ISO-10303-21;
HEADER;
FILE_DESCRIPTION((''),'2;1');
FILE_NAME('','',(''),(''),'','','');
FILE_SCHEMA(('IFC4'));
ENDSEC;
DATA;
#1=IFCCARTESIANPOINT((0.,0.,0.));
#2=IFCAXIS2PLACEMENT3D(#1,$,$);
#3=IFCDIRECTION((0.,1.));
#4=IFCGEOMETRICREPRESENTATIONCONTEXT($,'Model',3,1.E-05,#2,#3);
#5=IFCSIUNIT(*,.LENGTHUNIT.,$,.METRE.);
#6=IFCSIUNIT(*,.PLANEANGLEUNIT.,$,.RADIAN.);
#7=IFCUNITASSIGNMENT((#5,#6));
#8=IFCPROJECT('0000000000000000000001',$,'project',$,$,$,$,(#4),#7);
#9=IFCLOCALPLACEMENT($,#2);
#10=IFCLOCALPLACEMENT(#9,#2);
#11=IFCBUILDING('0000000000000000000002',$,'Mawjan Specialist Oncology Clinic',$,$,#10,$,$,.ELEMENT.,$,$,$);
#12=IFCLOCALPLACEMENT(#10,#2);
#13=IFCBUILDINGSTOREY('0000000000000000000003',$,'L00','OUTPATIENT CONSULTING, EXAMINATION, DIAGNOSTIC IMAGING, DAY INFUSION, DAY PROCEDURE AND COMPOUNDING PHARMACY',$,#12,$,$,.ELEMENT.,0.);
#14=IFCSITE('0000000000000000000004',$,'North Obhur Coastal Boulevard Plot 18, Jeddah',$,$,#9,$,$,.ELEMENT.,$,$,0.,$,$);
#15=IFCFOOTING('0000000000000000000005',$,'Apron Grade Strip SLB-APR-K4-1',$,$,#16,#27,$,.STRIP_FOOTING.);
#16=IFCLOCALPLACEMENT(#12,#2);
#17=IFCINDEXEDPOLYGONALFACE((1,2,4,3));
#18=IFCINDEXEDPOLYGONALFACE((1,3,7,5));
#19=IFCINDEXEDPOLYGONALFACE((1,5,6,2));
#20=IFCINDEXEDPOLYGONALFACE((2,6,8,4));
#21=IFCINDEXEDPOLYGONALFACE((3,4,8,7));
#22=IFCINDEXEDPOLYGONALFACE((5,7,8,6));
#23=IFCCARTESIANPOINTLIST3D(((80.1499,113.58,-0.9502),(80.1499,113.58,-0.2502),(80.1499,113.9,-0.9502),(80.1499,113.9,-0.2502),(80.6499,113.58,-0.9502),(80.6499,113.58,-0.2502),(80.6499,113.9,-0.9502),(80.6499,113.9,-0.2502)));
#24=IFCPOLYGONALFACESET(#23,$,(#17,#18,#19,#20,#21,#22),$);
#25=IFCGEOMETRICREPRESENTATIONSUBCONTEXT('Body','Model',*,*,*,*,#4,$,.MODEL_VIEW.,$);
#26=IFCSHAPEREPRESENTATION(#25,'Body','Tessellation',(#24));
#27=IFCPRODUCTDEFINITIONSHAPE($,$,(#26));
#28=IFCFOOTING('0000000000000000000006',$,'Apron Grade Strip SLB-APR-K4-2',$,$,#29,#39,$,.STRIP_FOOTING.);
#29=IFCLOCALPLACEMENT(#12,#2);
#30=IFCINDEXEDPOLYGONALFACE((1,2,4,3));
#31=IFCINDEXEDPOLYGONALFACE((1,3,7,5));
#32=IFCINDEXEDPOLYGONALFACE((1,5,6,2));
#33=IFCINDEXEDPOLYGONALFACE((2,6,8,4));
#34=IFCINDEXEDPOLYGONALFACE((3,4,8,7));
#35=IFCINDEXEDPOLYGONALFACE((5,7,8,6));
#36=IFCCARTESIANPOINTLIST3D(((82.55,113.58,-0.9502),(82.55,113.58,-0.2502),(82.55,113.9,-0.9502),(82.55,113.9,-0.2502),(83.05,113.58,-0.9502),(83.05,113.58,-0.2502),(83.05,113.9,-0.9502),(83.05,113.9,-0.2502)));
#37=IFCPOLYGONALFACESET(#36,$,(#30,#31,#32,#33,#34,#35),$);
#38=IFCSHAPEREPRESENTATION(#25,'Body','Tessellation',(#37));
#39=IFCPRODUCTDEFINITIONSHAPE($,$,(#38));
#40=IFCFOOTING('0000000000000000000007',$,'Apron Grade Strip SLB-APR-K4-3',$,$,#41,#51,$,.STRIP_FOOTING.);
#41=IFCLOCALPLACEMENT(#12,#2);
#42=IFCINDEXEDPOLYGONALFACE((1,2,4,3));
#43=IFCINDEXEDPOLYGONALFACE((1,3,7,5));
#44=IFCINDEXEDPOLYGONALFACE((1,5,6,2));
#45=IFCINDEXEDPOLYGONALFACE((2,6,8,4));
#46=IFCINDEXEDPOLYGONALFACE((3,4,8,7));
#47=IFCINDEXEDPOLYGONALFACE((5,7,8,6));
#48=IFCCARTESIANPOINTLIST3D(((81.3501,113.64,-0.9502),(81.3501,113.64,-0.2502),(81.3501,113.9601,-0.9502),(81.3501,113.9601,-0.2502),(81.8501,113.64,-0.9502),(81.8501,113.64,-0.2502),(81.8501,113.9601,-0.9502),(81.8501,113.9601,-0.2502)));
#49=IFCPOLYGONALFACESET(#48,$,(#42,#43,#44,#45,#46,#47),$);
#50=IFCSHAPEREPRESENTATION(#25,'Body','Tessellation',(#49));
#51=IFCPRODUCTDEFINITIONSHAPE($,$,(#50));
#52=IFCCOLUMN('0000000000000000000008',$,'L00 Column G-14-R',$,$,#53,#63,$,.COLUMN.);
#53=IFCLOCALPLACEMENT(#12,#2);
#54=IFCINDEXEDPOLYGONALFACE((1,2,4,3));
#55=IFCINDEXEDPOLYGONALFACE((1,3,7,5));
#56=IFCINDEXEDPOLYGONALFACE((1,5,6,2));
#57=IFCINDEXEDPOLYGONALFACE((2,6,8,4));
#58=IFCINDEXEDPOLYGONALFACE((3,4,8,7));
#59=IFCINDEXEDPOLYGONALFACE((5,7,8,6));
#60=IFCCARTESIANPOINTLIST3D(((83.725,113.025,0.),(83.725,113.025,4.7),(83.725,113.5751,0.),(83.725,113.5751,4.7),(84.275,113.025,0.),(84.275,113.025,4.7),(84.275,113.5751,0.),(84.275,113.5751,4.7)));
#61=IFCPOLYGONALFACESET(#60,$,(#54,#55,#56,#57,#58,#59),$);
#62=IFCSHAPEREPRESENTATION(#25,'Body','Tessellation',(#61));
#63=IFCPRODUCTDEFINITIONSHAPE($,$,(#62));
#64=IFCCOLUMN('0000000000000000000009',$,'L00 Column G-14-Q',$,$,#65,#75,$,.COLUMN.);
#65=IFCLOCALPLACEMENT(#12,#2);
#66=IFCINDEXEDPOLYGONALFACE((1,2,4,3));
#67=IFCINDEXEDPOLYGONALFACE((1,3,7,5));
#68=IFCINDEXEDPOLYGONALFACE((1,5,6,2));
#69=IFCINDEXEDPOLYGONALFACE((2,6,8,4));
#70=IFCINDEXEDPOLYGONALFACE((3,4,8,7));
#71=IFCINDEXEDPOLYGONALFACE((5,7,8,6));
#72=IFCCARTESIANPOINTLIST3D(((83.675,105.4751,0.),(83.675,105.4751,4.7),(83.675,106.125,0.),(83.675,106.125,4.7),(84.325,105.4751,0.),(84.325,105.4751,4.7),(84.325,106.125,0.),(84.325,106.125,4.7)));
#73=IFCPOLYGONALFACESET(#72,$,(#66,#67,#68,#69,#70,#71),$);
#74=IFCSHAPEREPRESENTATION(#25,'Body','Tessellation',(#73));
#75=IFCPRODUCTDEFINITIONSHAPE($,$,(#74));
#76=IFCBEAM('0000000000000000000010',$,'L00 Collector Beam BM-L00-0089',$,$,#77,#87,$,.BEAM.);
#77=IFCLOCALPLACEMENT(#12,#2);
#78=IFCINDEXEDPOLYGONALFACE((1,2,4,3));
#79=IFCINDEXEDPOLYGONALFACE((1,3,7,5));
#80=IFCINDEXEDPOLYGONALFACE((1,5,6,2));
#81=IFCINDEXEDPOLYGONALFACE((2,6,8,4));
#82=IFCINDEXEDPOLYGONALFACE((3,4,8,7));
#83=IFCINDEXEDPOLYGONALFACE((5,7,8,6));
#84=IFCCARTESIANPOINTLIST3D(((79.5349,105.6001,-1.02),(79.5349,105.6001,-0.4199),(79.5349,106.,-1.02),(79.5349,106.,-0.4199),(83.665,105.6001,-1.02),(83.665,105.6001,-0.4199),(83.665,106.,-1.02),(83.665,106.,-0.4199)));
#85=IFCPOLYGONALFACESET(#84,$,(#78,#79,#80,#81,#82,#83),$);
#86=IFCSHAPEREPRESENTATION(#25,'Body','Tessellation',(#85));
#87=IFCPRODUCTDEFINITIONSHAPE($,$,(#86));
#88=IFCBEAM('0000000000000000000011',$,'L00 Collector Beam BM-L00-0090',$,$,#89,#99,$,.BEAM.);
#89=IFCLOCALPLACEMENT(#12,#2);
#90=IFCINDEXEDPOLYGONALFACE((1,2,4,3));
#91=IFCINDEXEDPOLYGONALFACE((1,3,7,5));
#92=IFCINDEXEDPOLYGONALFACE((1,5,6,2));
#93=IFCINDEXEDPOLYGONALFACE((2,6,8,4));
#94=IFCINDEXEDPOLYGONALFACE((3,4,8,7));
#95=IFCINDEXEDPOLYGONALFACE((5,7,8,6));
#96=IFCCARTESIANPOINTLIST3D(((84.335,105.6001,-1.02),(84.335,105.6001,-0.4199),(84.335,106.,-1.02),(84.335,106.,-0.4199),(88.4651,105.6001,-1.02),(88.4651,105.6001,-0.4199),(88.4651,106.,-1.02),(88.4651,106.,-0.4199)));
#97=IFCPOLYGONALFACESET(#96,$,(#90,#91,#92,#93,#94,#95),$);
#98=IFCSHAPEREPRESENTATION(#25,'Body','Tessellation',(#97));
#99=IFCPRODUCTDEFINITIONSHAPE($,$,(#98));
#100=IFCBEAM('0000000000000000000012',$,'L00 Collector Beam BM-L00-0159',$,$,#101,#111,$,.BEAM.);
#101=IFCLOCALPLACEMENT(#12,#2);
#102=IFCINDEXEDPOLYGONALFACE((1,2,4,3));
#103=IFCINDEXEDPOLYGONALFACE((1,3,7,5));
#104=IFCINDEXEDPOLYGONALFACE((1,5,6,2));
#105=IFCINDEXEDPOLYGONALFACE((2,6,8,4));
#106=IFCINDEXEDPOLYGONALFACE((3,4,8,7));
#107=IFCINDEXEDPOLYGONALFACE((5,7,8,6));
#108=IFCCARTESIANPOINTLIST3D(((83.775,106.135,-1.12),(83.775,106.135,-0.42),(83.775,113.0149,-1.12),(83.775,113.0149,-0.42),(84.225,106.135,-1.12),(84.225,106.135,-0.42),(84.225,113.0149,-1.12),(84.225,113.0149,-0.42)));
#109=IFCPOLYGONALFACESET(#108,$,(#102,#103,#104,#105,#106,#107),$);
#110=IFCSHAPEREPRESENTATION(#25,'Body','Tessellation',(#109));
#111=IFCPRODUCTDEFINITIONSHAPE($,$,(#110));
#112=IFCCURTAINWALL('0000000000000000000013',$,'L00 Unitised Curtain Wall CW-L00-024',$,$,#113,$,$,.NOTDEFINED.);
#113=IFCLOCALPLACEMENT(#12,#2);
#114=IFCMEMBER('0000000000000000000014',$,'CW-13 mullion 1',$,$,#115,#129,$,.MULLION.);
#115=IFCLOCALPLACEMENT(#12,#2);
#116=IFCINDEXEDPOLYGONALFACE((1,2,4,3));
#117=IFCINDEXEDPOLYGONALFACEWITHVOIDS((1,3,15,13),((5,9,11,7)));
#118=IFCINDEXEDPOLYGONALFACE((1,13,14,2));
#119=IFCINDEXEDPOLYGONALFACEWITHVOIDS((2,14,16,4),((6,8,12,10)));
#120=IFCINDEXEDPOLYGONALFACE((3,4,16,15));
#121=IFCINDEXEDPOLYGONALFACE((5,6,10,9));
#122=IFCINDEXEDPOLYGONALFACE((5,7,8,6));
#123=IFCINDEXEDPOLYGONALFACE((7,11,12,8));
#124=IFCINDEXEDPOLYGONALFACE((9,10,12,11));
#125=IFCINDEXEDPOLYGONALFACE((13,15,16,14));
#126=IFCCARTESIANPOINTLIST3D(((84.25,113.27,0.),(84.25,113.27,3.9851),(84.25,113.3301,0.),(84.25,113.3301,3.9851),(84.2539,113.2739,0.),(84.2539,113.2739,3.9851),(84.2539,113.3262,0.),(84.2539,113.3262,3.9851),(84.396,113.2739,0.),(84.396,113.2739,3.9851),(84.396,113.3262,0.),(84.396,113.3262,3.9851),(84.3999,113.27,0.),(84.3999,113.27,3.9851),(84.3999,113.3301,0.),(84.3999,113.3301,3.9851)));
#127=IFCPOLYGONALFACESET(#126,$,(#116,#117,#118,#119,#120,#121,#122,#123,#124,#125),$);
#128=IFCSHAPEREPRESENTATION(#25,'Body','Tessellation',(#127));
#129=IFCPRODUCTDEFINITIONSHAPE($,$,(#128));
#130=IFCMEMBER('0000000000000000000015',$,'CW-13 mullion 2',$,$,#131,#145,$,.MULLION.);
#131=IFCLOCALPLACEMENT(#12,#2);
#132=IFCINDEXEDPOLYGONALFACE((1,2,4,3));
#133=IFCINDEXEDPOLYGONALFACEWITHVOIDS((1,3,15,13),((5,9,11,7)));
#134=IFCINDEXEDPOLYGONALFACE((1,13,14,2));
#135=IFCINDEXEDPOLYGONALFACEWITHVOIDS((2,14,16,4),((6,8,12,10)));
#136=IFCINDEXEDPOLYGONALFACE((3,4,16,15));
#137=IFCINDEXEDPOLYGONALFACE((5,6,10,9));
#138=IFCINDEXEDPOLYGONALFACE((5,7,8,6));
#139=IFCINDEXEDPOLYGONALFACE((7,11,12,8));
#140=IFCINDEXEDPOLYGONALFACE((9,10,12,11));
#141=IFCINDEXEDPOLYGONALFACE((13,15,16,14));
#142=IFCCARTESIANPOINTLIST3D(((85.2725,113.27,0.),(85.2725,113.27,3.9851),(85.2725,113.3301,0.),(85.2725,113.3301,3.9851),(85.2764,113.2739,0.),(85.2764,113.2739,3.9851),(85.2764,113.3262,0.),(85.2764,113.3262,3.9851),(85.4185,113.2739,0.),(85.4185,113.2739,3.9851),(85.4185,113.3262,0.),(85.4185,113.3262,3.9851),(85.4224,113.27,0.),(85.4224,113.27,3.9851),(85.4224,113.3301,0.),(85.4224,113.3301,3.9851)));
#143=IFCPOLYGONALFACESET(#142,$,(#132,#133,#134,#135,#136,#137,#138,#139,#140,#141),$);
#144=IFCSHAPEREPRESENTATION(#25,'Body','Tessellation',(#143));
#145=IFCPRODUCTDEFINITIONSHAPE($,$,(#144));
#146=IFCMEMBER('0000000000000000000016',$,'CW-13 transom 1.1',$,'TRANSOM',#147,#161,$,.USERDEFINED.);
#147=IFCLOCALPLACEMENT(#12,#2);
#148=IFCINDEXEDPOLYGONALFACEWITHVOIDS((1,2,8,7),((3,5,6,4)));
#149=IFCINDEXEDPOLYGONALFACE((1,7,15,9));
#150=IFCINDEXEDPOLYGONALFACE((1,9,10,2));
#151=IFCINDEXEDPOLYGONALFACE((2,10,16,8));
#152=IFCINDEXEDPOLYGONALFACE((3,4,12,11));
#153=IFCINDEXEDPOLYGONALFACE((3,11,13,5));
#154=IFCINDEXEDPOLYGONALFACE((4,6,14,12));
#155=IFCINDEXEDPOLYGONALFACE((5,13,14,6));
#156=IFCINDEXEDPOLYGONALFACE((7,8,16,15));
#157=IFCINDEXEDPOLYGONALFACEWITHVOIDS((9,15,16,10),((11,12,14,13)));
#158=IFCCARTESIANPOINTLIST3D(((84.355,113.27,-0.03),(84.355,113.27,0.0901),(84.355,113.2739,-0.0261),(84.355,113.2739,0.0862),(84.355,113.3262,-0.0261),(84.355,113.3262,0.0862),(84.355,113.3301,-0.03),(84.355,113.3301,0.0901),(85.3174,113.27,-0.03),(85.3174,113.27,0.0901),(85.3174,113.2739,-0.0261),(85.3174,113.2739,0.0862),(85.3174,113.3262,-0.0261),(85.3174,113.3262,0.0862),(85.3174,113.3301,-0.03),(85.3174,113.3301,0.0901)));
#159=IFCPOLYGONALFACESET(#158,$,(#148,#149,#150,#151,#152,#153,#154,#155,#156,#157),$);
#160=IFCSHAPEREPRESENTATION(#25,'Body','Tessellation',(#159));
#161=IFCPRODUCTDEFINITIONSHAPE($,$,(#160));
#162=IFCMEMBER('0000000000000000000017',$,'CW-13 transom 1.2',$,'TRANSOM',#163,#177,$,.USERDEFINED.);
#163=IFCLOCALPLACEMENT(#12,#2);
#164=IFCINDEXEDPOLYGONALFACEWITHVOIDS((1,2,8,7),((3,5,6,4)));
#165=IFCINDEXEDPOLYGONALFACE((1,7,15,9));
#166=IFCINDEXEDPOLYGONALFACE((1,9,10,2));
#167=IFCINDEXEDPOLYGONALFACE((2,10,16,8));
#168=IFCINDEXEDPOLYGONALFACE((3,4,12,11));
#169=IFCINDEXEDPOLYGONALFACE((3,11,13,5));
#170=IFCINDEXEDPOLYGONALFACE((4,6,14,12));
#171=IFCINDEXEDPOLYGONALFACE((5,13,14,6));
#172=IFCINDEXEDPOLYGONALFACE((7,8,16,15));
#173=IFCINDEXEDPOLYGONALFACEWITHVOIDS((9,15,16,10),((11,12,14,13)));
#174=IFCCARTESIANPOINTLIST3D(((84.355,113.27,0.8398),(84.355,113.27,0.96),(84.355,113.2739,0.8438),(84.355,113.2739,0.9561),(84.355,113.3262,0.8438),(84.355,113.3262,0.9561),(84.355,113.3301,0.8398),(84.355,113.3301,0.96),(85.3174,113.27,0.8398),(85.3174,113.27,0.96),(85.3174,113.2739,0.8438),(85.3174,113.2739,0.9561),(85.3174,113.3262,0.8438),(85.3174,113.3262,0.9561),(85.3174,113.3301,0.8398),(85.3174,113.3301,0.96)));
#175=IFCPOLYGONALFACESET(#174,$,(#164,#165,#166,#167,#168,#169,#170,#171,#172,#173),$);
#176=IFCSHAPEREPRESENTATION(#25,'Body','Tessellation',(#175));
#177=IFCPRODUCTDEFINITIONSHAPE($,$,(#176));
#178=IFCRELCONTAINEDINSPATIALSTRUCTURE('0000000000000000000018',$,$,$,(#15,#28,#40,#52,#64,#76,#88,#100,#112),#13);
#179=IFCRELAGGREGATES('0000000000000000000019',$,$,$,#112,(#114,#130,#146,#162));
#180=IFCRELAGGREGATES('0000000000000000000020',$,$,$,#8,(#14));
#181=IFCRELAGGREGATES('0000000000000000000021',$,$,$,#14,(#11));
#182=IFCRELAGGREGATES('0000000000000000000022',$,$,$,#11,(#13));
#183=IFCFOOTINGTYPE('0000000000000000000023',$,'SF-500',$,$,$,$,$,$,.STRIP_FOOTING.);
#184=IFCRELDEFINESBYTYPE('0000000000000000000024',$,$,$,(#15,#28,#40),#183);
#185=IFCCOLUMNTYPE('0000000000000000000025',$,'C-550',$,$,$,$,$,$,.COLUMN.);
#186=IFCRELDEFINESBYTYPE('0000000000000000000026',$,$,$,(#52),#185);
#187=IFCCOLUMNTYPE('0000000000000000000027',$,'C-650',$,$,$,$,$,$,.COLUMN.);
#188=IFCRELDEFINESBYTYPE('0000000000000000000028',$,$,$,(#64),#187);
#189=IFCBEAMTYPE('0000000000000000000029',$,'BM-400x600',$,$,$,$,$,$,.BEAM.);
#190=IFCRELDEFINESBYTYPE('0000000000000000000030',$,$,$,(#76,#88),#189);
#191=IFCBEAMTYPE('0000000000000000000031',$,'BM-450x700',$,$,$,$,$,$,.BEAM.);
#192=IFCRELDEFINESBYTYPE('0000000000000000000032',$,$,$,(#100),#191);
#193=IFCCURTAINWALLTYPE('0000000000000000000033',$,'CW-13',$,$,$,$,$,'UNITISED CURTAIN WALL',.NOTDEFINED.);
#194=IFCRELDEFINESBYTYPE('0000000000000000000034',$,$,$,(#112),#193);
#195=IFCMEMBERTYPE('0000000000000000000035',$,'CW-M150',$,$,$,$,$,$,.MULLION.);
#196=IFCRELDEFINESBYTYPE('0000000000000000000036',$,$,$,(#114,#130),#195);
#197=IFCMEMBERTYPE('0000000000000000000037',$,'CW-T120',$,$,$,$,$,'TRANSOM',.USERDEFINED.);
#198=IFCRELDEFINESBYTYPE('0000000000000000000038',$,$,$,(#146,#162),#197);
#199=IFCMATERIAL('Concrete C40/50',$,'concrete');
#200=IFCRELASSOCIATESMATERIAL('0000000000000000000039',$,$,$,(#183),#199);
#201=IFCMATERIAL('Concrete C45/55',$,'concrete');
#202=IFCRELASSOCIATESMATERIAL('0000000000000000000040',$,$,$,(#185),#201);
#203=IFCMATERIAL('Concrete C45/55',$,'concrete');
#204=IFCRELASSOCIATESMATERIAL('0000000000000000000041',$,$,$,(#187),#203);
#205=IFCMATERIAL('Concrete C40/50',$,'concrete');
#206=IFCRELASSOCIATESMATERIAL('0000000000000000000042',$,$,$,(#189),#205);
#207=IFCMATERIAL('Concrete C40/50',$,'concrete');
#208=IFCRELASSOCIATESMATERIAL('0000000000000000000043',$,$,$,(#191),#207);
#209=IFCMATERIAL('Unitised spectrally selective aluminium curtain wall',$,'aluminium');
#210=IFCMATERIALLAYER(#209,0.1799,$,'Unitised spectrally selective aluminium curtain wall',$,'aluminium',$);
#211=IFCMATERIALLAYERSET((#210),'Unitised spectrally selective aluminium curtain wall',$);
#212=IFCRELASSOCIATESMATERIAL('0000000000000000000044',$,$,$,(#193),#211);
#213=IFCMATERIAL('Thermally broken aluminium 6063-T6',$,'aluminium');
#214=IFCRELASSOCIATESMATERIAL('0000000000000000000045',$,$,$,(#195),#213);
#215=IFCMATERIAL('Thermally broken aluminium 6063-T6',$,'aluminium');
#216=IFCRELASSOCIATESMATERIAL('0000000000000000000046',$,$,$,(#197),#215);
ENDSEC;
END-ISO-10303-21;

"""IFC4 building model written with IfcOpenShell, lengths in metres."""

from ifc_helpers import new_model, si_unit, direction, frame, origin, origin_2d, place, context, subcontext, project, spatial, rectangle, hollow_rectangle, extrude, material, layer, layer_set, material_profile, profile_set, type_object, element, aggregate, save


model = new_model("IFC4")

# Units and contexts
model_context = context("Model", 3, precision=1e-05, world=origin(), true_north=direction((0.0, 1.0)))
body_context = subcontext(model_context, "Body", "Model", "MODEL_VIEW")
ifc_project = project(units=[si_unit("LENGTHUNIT", "METRE"), si_unit("PLANEANGLEUNIT", "RADIAN")], contexts=[model_context])

# Site, building, storey
site_placement = place(None, origin())
site = spatial("IfcSite", under=ifc_project, at=site_placement, Name="North Obhur Coastal Boulevard Plot 18, Jeddah", CompositionType="ELEMENT", RefElevation=0.0)
building_placement = place(site_placement, origin())
building = spatial("IfcBuilding", under=site, at=building_placement, Name="Mawjan Specialist Oncology Clinic", CompositionType="ELEMENT")
storey_placement = place(building_placement, origin())
storey = spatial("IfcBuildingStorey", under=building, at=storey_placement, Name="L00", Description="OUTPATIENT CONSULTING, EXAMINATION, DIAGNOSTIC IMAGING, DAY INFUSION, DAY PROCEDURE AND COMPOUNDING PHARMACY", CompositionType="ELEMENT", Elevation=0.0)

# Footings
ifc_material_1 = material(Name="Concrete C40/50", Category="concrete")
footing_type = type_object("IfcFootingType", Name="SF-500", PredefinedType="STRIP_FOOTING", material=ifc_material_1)
for number, where, z_axis, x_axis, name in (
    (1, (80.3999, 113.74, -0.9502), (0.0, 0.0, 1.0), (1.0, 0.0, 0.0), "Apron Grade Strip SLB-APR-K4-1"),
    (2, (82.8, 113.74, -0.9502), (0.0, 0.0, 1.0), (1.0, 0.0, 0.0), "Apron Grade Strip SLB-APR-K4-2"),
    (3, (81.6001, 113.8, -0.9502), (0.0, 0.0, 1.0), (1.0, 0.0, 0.0), "Apron Grade Strip SLB-APR-K4-3"),
):
    element("IfcFooting", number, at=place(storey_placement, frame(where, z_axis=z_axis, x_axis=x_axis)), inside=storey, type_object=footing_type, Name=name, PredefinedType="STRIP_FOOTING", context=body_context, shape_type="SweptSolid", body=[
        extrude(rectangle(XDim=0.5, YDim=0.3201, at=origin_2d()), origin(), (0.0, 0.0, 1.0), 0.7),
    ])

# Columns
ifc_material_2 = material(Name="Concrete C45/55", Category="concrete")
ifc_material_profile_1 = material_profile(ifc_material_2, rectangle(XDim=0.55, YDim=0.55, at=origin_2d()), Name="RC COL 550x550", Category="concrete")
ifc_profile_set_1 = profile_set([ifc_material_profile_1], Name="Concrete C45/55")
column_type_1 = type_object("IfcColumnType", Name="C-550", PredefinedType="COLUMN", material=ifc_profile_set_1)
column_1_placement = place(storey_placement, frame((84.0, 113.3, 0.0), z_axis=(0.0, 0.0, 1.0), x_axis=(1.0, 0.0, 0.0)))
element("IfcColumn", 4, at=column_1_placement, inside=storey, type_object=column_type_1, Name="L00 Column G-14-R", PredefinedType="COLUMN", context=body_context, shape_type="SweptSolid", body=[
    extrude(rectangle(XDim=0.55, YDim=0.55, at=origin_2d()), origin(), (0.0, 0.0, 1.0), 4.7),
])
ifc_material_3 = material(Name="Concrete C45/55", Category="concrete")
ifc_material_profile_2 = material_profile(ifc_material_3, rectangle(XDim=0.6499, YDim=0.6499, at=origin_2d()), Name="RC COL 650x650", Category="concrete")
ifc_profile_set_2 = profile_set([ifc_material_profile_2], Name="Concrete C45/55")
column_type_2 = type_object("IfcColumnType", Name="C-650", PredefinedType="COLUMN", material=ifc_profile_set_2)
column_2_placement = place(storey_placement, frame((84.0, 105.8, 0.0), z_axis=(0.0, 0.0, 1.0), x_axis=(1.0, 0.0, 0.0)))
element("IfcColumn", 5, at=column_2_placement, inside=storey, type_object=column_type_2, Name="L00 Column G-14-Q", PredefinedType="COLUMN", context=body_context, shape_type="SweptSolid", body=[
    extrude(rectangle(XDim=0.6499, YDim=0.6499, at=origin_2d()), origin(), (0.0, 0.0, 1.0), 4.7),
])

# Beams
ifc_material_4 = material(Name="Concrete C40/50", Category="concrete")
ifc_material_profile_3 = material_profile(ifc_material_4, rectangle(XDim=0.3999, YDim=0.6001, at=origin_2d()), Name="RC BM 400x600", Category="concrete")
ifc_profile_set_3 = profile_set([ifc_material_profile_3], Name="Concrete C40/50")
beam_type_1 = type_object("IfcBeamType", Name="BM-400x600", PredefinedType="BEAM", material=ifc_profile_set_3)
for number, where, z_axis, x_axis, name in (
    (6, (79.5349, 105.8, -0.72), (1.0, 0.0, 0.0), (0.0, 1.0, 0.0), "L00 Collector Beam BM-L00-0089"),
    (7, (84.335, 105.8, -0.72), (1.0, 0.0, 0.0), (0.0, 1.0, 0.0), "L00 Collector Beam BM-L00-0090"),
):
    element("IfcBeam", number, at=place(storey_placement, frame(where, z_axis=z_axis, x_axis=x_axis)), inside=storey, type_object=beam_type_1, Name=name, PredefinedType="BEAM", context=body_context, shape_type="SweptSolid", body=[
        extrude(rectangle(XDim=0.3999, YDim=0.6001, at=origin_2d()), origin(), (0.0, 0.0, 1.0), 4.1301),
    ])
ifc_material_5 = material(Name="Concrete C40/50", Category="concrete")
ifc_material_profile_4 = material_profile(ifc_material_5, rectangle(XDim=0.45, YDim=0.7, at=origin_2d()), Name="RC BM 450x700", Category="concrete")
ifc_profile_set_4 = profile_set([ifc_material_profile_4], Name="Concrete C40/50")
beam_type_2 = type_object("IfcBeamType", Name="BM-450x700", PredefinedType="BEAM", material=ifc_profile_set_4)
beam_placement = place(storey_placement, frame((84.0, 106.135, -0.77), z_axis=(0.0, 1.0, 0.0), x_axis=(-1.0, 0.0, 0.0)))
element("IfcBeam", 8, at=beam_placement, inside=storey, type_object=beam_type_2, Name="L00 Collector Beam BM-L00-0159", PredefinedType="BEAM", context=body_context, shape_type="SweptSolid", body=[
    extrude(rectangle(XDim=0.45, YDim=0.7, at=origin_2d()), origin(), (0.0, 0.0, 1.0), 6.8799),
])

# Curtain wall, members
ifc_material_6 = material(Name="Unitised spectrally selective aluminium curtain wall", Category="aluminium")
ifc_layer_1 = layer(ifc_material_6, 0.1799, Name="Unitised spectrally selective aluminium curtain wall", Category="aluminium")
ifc_layer_set_1 = layer_set([ifc_layer_1], Name="Unitised spectrally selective aluminium curtain wall")
curtain_wall_type = type_object("IfcCurtainWallType", Name="CW-13", ElementType="UNITISED CURTAIN WALL", PredefinedType="NOTDEFINED", material=ifc_layer_set_1)
curtain_wall_placement = place(storey_placement, origin())
curtain_wall = element("IfcCurtainWall", 9, at=curtain_wall_placement, inside=storey, type_object=curtain_wall_type, Name="L00 Unitised Curtain Wall CW-L00-024", PredefinedType="NOTDEFINED")
ifc_material_7 = material(Name="Thermally broken aluminium 6063-T6", Category="aluminium")
ifc_material_profile_5 = material_profile(ifc_material_7, hollow_rectangle(XDim=0.0601, YDim=0.1499, WallThickness=0.0039, at=origin_2d()), Name="ALU MULLION 150x60x4", Category="aluminium")
ifc_profile_set_5 = profile_set([ifc_material_profile_5], Name="Thermally broken aluminium 6063-T6")
member_type_1 = type_object("IfcMemberType", Name="CW-M150", PredefinedType="MULLION", material=ifc_profile_set_5)
member_1_placement = place(storey_placement, frame((84.325, 113.3, 0.0), z_axis=(0.0, 0.0, 1.0), x_axis=(0.0, 1.0, 0.0)))
member_1 = element("IfcMember", 10, at=member_1_placement, type_object=member_type_1, Name="CW-13 mullion 1", PredefinedType="MULLION", context=body_context, shape_type="SweptSolid", body=[
    extrude(hollow_rectangle(XDim=0.0601, YDim=0.1499, WallThickness=0.0039, at=origin_2d()), origin(), (0.0, 0.0, 1.0), 3.9851),
])
member_2_placement = place(storey_placement, frame((85.3474, 113.3, 0.0), z_axis=(0.0, 0.0, 1.0), x_axis=(0.0, 1.0, 0.0)))
member_2 = element("IfcMember", 11, at=member_2_placement, type_object=member_type_1, Name="CW-13 mullion 2", PredefinedType="MULLION", context=body_context, shape_type="SweptSolid", body=[
    extrude(hollow_rectangle(XDim=0.0601, YDim=0.1499, WallThickness=0.0039, at=origin_2d()), origin(), (0.0, 0.0, 1.0), 3.9851),
])
ifc_material_8 = material(Name="Thermally broken aluminium 6063-T6", Category="aluminium")
ifc_material_profile_6 = material_profile(ifc_material_8, hollow_rectangle(XDim=0.0601, YDim=0.1201, WallThickness=0.0039, at=origin_2d()), Name="ALU TRANSOM 120x60x4", Category="aluminium")
ifc_profile_set_6 = profile_set([ifc_material_profile_6], Name="Thermally broken aluminium 6063-T6")
member_type_2 = type_object("IfcMemberType", Name="CW-T120", ElementType="TRANSOM", PredefinedType="USERDEFINED", material=ifc_profile_set_6)
member_3_placement = place(storey_placement, frame((84.355, 113.3, 0.03), z_axis=(1.0, 0.0, 0.0), x_axis=(0.0, 1.0, 0.0)))
member_3 = element("IfcMember", 12, at=member_3_placement, type_object=member_type_2, Name="CW-13 transom 1.1", ObjectType="TRANSOM", PredefinedType="USERDEFINED", context=body_context, shape_type="SweptSolid", body=[
    extrude(hollow_rectangle(XDim=0.0601, YDim=0.1201, WallThickness=0.0039, at=origin_2d()), origin(), (0.0, 0.0, 1.0), 0.9624),
])
member_4_placement = place(storey_placement, frame((84.355, 113.3, 0.8999), z_axis=(1.0, 0.0, 0.0), x_axis=(0.0, 1.0, 0.0)))
member_4 = element("IfcMember", 13, at=member_4_placement, type_object=member_type_2, Name="CW-13 transom 1.2", ObjectType="TRANSOM", PredefinedType="USERDEFINED", context=body_context, shape_type="SweptSolid", body=[
    extrude(hollow_rectangle(XDim=0.0601, YDim=0.1201, WallThickness=0.0039, at=origin_2d()), origin(), (0.0, 0.0, 1.0), 0.9624),
])

aggregate(curtain_wall, [member_1, member_2, member_3, member_4])

save(model, "model.ifc")
